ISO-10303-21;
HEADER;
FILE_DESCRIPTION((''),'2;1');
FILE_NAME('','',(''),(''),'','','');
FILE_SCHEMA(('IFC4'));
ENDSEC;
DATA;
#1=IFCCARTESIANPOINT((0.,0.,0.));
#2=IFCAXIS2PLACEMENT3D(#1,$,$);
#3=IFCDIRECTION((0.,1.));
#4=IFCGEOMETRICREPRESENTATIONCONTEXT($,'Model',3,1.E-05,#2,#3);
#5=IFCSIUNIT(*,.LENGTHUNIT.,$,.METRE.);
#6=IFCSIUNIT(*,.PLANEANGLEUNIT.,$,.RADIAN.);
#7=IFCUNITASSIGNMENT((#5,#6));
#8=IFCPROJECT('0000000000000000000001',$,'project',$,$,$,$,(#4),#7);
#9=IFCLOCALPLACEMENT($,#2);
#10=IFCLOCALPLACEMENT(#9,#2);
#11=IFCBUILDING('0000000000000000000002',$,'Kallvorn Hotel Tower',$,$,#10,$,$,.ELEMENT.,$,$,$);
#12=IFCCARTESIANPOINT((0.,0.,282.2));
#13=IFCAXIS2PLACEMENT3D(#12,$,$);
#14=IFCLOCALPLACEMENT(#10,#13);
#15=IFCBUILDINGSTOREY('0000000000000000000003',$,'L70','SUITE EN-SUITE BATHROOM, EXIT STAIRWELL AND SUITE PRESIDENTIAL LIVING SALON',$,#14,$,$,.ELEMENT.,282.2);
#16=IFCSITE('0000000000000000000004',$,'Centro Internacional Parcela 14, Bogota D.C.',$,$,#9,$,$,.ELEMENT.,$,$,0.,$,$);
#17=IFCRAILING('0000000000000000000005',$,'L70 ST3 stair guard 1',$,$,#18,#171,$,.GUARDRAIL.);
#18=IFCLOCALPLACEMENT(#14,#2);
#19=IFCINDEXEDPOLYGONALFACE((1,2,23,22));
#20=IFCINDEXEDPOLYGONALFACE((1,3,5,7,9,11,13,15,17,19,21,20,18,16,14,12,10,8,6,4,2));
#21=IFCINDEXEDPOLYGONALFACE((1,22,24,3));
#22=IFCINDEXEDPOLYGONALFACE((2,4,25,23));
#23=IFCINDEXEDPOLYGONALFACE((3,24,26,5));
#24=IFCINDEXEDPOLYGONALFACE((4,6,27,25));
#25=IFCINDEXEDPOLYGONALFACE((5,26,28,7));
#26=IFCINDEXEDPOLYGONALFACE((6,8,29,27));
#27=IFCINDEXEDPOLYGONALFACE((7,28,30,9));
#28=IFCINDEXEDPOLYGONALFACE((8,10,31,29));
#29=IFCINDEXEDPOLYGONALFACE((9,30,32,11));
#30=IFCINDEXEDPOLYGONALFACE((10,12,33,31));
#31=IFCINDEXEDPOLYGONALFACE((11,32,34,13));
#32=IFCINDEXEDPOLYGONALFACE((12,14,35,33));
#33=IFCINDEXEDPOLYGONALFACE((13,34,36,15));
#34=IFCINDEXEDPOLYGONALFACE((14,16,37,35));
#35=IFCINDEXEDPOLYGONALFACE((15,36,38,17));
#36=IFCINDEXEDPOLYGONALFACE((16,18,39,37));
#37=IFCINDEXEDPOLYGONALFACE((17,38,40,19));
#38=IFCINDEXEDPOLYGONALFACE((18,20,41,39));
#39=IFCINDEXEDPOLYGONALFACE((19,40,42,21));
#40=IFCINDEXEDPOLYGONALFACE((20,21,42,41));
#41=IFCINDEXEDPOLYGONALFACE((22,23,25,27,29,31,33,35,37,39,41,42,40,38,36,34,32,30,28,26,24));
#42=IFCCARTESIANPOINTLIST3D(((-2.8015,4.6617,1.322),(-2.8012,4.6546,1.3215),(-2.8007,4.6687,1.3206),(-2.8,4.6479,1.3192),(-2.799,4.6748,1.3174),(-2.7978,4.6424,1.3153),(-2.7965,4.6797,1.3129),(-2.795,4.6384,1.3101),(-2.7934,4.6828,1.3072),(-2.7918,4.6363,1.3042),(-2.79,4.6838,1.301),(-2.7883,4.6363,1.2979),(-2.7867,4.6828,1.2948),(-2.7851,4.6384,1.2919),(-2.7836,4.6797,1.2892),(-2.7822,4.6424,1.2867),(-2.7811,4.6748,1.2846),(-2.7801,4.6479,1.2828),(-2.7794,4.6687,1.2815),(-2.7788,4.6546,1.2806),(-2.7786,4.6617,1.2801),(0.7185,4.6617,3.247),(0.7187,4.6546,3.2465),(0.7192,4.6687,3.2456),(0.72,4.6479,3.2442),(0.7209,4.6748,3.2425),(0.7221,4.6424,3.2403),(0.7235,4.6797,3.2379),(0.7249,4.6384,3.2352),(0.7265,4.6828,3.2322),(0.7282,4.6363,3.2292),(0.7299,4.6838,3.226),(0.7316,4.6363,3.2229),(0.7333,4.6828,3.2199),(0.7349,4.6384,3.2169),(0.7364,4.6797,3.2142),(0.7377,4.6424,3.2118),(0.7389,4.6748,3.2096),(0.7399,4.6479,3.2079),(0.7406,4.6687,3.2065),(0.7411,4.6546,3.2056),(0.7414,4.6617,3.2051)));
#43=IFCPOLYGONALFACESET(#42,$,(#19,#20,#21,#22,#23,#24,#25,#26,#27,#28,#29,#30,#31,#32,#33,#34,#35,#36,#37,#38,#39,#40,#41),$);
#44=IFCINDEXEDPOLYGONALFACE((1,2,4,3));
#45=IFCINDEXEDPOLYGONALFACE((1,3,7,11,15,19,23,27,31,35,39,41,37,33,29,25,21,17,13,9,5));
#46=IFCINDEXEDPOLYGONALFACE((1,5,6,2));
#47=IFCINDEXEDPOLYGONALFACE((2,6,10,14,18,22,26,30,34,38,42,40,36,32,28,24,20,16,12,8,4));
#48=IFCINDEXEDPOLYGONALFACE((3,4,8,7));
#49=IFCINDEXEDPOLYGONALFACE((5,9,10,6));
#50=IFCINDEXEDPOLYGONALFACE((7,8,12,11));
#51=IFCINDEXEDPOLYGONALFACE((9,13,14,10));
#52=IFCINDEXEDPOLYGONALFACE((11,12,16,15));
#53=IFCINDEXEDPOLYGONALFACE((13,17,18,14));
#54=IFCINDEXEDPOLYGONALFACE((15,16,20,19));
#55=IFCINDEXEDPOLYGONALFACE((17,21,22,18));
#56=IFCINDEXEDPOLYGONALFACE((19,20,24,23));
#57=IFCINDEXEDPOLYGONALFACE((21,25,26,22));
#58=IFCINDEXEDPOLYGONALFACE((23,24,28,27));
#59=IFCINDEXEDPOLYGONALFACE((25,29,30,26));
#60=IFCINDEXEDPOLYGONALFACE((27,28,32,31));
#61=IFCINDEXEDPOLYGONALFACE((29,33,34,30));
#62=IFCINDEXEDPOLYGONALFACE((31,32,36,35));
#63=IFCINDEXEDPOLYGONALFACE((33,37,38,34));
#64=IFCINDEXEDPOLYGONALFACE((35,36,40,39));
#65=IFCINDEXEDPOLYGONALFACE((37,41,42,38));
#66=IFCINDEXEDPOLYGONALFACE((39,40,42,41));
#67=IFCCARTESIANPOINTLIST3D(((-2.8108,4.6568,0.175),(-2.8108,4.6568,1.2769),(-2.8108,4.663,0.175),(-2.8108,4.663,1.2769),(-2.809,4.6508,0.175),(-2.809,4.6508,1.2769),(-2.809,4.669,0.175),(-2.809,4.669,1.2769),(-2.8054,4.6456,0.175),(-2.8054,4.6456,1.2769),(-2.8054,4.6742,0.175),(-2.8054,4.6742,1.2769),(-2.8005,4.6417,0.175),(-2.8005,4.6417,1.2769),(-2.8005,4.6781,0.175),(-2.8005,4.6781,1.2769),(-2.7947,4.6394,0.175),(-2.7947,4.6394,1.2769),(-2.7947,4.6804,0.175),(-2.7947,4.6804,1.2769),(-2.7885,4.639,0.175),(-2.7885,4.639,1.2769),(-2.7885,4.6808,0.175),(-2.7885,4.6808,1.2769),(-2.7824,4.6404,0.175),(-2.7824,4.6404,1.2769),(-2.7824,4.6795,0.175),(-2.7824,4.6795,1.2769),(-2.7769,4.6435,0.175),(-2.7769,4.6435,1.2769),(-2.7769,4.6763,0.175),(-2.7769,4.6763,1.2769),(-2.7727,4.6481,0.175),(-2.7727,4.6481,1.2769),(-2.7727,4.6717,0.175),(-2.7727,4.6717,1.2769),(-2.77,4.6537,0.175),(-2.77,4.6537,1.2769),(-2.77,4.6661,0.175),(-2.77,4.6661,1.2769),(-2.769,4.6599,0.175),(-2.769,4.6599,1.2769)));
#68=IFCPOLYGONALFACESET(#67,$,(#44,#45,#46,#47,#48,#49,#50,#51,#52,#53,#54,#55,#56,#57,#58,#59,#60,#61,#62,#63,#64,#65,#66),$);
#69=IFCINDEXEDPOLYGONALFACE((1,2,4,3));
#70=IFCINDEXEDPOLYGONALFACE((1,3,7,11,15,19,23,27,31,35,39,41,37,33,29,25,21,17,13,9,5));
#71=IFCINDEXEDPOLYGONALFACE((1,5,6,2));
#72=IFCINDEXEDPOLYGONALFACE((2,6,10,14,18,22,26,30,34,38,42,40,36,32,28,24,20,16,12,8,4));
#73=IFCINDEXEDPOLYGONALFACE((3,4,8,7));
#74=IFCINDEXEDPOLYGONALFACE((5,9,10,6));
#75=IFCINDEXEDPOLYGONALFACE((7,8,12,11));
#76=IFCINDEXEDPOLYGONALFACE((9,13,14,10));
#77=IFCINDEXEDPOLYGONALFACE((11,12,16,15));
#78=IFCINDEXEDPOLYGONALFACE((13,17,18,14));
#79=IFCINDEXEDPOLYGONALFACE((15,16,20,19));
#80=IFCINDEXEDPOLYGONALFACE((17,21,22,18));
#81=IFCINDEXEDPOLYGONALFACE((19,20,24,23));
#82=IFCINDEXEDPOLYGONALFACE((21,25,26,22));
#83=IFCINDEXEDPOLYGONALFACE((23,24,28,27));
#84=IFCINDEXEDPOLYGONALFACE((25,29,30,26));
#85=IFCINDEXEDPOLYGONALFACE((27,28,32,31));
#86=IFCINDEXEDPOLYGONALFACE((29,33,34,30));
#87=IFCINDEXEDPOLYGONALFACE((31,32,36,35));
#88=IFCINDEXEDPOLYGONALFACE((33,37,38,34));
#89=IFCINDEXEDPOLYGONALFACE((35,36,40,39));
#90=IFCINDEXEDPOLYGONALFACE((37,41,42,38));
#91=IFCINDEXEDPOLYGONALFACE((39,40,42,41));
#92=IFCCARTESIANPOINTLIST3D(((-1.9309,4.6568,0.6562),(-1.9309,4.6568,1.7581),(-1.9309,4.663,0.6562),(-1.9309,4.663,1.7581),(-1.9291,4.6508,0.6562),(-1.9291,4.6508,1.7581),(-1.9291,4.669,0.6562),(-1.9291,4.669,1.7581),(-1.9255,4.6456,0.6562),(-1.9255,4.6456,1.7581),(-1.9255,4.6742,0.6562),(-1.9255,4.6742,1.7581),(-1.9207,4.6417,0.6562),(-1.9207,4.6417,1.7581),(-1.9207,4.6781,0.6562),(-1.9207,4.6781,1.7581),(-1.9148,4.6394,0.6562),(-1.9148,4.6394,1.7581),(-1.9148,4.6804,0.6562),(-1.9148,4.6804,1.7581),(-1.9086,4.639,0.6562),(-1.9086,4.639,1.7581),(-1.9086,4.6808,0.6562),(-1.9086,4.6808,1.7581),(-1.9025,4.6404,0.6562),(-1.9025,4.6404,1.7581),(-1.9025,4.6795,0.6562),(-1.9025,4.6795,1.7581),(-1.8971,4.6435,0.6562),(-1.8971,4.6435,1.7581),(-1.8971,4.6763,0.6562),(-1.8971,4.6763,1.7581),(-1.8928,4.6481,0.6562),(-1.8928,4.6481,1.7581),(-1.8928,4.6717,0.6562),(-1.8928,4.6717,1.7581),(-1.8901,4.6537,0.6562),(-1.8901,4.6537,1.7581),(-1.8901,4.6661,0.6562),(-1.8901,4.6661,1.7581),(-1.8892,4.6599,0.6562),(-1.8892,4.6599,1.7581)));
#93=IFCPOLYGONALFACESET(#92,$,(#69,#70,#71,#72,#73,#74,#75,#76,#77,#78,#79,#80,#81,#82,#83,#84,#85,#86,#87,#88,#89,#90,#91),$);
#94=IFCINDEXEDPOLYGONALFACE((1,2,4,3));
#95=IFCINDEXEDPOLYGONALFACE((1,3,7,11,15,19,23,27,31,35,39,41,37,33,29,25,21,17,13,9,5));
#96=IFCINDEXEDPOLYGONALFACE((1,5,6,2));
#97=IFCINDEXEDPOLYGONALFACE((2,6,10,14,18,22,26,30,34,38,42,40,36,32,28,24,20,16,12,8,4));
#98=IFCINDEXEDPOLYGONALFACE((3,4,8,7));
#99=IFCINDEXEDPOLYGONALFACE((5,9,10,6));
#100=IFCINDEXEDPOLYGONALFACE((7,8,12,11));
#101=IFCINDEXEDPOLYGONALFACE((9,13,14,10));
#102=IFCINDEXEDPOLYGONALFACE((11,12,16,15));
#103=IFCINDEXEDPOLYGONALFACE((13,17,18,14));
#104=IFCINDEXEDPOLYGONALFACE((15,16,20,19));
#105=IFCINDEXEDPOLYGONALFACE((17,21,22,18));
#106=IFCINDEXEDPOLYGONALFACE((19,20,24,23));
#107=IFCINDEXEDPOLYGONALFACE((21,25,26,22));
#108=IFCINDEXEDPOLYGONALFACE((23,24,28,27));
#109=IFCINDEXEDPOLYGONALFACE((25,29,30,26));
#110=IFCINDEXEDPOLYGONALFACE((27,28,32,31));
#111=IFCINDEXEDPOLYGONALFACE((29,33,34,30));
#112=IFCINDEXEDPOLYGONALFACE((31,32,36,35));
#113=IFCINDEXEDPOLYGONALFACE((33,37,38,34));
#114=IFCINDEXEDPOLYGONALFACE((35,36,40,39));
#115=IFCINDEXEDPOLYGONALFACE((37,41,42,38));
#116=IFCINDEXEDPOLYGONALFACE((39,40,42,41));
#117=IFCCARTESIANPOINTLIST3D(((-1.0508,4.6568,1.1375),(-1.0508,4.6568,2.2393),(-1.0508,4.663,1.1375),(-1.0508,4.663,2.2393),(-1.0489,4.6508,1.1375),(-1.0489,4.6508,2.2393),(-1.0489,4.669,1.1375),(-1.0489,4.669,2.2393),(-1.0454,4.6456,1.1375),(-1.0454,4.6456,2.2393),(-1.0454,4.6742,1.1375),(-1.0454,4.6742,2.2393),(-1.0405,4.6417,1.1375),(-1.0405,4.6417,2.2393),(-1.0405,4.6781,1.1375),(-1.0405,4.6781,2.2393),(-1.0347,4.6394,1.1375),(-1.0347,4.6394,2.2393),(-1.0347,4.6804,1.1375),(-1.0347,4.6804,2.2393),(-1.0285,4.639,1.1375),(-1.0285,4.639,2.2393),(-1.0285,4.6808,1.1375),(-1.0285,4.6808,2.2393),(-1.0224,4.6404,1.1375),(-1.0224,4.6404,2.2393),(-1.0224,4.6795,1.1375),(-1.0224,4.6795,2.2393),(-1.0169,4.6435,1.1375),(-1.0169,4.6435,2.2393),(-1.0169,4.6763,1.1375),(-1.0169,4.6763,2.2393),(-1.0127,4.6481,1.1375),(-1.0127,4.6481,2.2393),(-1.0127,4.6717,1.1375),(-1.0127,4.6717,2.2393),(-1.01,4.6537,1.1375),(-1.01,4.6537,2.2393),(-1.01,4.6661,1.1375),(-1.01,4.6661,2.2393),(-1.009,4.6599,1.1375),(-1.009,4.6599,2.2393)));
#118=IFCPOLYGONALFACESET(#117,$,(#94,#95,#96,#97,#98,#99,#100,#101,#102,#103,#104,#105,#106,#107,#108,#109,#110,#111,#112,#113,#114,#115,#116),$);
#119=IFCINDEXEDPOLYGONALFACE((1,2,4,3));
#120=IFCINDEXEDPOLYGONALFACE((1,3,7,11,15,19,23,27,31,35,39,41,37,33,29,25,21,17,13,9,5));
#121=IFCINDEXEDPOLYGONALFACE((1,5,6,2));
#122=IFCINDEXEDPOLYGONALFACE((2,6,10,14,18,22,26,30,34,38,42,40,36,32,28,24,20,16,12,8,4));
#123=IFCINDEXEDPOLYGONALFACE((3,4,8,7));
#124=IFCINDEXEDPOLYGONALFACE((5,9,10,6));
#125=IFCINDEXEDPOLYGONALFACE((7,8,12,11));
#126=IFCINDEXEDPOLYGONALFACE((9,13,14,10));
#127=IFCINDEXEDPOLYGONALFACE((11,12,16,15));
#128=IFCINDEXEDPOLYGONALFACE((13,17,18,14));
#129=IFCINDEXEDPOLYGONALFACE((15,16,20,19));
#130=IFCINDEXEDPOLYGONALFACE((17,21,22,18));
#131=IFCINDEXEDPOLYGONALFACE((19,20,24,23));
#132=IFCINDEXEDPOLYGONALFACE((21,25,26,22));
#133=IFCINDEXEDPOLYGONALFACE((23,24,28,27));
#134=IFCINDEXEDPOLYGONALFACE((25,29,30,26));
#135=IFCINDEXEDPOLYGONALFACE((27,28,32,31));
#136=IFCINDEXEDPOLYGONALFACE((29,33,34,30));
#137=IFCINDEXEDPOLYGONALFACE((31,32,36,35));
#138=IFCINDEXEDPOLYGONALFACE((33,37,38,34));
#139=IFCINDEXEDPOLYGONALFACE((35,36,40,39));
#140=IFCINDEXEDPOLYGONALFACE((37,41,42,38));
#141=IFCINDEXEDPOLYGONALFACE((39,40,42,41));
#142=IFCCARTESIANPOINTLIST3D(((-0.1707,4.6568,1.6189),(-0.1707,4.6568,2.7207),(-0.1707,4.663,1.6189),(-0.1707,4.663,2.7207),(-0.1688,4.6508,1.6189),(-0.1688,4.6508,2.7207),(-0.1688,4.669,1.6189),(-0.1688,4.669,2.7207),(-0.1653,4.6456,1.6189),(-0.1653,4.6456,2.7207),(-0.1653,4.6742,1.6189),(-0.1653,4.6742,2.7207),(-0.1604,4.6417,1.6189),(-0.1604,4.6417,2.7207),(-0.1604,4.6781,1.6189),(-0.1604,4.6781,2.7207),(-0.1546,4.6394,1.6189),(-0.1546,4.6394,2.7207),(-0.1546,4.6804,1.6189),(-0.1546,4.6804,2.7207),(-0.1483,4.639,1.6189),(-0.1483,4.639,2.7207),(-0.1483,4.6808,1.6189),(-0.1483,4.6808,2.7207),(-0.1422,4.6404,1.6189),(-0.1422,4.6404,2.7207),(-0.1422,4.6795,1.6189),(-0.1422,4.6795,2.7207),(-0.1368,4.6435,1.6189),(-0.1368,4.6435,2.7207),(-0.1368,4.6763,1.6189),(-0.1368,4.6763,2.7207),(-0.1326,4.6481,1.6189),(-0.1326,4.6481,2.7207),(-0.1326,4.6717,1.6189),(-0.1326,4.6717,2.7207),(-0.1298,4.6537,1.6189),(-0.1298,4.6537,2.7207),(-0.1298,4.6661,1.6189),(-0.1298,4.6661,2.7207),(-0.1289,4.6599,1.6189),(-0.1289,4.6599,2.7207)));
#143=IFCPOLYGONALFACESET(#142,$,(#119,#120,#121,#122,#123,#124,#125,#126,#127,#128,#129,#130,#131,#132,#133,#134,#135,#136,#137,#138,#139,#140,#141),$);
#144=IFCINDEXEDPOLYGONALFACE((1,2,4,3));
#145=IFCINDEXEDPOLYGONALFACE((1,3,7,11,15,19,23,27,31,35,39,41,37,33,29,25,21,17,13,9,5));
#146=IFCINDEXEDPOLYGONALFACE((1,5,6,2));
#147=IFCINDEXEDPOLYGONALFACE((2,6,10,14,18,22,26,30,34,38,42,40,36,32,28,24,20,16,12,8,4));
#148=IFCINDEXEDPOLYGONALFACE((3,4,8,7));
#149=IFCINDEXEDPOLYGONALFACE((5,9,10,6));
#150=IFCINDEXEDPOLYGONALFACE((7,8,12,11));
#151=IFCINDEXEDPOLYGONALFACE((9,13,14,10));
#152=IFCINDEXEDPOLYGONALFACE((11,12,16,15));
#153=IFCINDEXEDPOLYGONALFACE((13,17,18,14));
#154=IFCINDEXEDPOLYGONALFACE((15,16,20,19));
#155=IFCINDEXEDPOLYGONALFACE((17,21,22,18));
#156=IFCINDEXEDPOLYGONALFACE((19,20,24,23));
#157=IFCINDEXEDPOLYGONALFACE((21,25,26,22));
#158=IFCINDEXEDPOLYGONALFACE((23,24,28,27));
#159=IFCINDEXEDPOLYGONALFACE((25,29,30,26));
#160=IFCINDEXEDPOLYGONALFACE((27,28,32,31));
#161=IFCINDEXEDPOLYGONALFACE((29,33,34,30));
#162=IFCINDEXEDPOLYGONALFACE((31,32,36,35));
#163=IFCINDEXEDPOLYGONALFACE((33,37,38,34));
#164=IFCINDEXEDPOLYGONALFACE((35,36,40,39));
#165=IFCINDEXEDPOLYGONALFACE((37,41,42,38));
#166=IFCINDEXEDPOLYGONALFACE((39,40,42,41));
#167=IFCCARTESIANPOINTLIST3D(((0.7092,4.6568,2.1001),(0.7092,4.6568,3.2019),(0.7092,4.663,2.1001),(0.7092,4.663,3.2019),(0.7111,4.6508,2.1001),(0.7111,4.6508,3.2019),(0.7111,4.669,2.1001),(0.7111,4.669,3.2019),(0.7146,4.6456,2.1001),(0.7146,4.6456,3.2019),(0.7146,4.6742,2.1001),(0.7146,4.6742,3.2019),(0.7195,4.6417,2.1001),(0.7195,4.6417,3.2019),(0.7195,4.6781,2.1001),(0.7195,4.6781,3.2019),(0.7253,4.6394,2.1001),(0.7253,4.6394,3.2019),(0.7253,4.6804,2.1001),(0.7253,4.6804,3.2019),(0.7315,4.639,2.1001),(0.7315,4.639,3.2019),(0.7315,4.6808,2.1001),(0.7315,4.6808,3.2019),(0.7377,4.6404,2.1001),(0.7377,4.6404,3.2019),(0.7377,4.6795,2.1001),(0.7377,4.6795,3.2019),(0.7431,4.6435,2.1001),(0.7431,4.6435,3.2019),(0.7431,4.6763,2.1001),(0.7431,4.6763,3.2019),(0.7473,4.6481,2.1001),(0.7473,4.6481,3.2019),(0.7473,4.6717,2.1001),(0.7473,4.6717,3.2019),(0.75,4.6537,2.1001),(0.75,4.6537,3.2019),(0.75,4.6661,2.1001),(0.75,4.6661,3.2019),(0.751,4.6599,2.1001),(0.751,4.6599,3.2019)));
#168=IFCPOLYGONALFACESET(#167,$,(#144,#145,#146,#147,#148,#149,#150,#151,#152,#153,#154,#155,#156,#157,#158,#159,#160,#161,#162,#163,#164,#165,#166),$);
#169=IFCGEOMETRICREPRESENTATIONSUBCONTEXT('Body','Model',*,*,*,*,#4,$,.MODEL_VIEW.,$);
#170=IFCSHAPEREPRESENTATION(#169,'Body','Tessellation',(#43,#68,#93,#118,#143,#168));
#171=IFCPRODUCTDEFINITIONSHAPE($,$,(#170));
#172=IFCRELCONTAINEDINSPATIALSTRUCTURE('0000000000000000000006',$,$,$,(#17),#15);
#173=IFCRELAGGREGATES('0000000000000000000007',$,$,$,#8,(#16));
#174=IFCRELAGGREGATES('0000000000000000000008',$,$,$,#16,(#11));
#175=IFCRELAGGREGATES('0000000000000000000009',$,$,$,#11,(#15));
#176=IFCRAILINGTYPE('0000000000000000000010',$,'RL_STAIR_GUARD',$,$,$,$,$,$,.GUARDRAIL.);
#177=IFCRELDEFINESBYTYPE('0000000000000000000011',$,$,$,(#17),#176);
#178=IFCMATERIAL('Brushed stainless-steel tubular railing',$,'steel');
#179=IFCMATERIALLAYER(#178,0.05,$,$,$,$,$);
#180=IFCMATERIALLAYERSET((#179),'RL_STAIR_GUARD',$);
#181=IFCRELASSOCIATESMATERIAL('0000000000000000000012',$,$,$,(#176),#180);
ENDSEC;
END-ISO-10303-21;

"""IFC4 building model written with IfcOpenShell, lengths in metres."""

from ifc_helpers import new_model, si_unit, direction, frame, origin, origin_2d, place, context, subcontext, project, spatial, circle, extrude, material, layer, layer_set, type_object, element, save


model = new_model("IFC4")

# Units and contexts
model_context = context("Model", 3, precision=1e-05, world=origin(), true_north=direction((0.0, 1.0)))
body_context = subcontext(model_context, "Body", "Model", "MODEL_VIEW")
ifc_project = project(units=[si_unit("LENGTHUNIT", "METRE"), si_unit("PLANEANGLEUNIT", "RADIAN")], contexts=[model_context])

# Site, building, storey
site_placement = place(None, origin())
site = spatial("IfcSite", under=ifc_project, at=site_placement, Name="Centro Internacional Parcela 14, Bogota D.C.", CompositionType="ELEMENT", RefElevation=0.0)
building_placement = place(site_placement, origin())
building = spatial("IfcBuilding", under=site, at=building_placement, Name="Kallvorn Hotel Tower", CompositionType="ELEMENT")
storey_placement = place(building_placement, frame((0.0, 0.0, 282.2)))
storey = spatial("IfcBuildingStorey", under=building, at=storey_placement, Name="L70", Description="SUITE EN-SUITE BATHROOM, EXIT STAIRWELL AND SUITE PRESIDENTIAL LIVING SALON", CompositionType="ELEMENT", Elevation=282.2)

# Railing
ifc_material_1 = material(Name="Brushed stainless-steel tubular railing", Category="steel")
ifc_layer_1 = layer(ifc_material_1, 0.05)
ifc_layer_set_1 = layer_set([ifc_layer_1], Name="RL_STAIR_GUARD")
railing_type_1 = type_object("IfcRailingType", Name="RL_STAIR_GUARD", PredefinedType="GUARDRAIL", material=ifc_layer_set_1)
railing_1_placement = place(storey_placement, frame((-2.79, 4.6599, 0.175)))
element("IfcRailing", 1, at=railing_1_placement, inside=storey, type_object=railing_type_1, Name="L70 ST3 stair guard 1", PredefinedType="GUARDRAIL", context=body_context, shape_type="SweptSolid", body=[
    extrude(circle(Radius=0.0239, at=origin_2d()), frame((0.0, 0.0, 1.126), z_axis=(0.877367, 0.0, 0.47982), x_axis=(0.0, 1.0, 0.0)), (0.0, 0.0, 1.0), 4.012),
    extrude(circle(Radius=0.021, at=origin_2d()), origin(), (0.0, 0.0, 1.0), 1.1018),
    extrude(circle(Radius=0.021, at=origin_2d()), frame((0.8799, 0.0, 0.4812)), (0.0, 0.0, 1.0), 1.1018),
    extrude(circle(Radius=0.021, at=origin_2d()), frame((1.76, 0.0, 0.9624)), (0.0, 0.0, 1.0), 1.1018),
    extrude(circle(Radius=0.021, at=origin_2d()), frame((2.6401, 0.0, 1.4438)), (0.0, 0.0, 1.0), 1.1018),
    extrude(circle(Radius=0.021, at=origin_2d()), frame((3.52, 0.0, 1.925)), (0.0, 0.0, 1.0), 1.1018),
])

save(model, "model.ifc")
